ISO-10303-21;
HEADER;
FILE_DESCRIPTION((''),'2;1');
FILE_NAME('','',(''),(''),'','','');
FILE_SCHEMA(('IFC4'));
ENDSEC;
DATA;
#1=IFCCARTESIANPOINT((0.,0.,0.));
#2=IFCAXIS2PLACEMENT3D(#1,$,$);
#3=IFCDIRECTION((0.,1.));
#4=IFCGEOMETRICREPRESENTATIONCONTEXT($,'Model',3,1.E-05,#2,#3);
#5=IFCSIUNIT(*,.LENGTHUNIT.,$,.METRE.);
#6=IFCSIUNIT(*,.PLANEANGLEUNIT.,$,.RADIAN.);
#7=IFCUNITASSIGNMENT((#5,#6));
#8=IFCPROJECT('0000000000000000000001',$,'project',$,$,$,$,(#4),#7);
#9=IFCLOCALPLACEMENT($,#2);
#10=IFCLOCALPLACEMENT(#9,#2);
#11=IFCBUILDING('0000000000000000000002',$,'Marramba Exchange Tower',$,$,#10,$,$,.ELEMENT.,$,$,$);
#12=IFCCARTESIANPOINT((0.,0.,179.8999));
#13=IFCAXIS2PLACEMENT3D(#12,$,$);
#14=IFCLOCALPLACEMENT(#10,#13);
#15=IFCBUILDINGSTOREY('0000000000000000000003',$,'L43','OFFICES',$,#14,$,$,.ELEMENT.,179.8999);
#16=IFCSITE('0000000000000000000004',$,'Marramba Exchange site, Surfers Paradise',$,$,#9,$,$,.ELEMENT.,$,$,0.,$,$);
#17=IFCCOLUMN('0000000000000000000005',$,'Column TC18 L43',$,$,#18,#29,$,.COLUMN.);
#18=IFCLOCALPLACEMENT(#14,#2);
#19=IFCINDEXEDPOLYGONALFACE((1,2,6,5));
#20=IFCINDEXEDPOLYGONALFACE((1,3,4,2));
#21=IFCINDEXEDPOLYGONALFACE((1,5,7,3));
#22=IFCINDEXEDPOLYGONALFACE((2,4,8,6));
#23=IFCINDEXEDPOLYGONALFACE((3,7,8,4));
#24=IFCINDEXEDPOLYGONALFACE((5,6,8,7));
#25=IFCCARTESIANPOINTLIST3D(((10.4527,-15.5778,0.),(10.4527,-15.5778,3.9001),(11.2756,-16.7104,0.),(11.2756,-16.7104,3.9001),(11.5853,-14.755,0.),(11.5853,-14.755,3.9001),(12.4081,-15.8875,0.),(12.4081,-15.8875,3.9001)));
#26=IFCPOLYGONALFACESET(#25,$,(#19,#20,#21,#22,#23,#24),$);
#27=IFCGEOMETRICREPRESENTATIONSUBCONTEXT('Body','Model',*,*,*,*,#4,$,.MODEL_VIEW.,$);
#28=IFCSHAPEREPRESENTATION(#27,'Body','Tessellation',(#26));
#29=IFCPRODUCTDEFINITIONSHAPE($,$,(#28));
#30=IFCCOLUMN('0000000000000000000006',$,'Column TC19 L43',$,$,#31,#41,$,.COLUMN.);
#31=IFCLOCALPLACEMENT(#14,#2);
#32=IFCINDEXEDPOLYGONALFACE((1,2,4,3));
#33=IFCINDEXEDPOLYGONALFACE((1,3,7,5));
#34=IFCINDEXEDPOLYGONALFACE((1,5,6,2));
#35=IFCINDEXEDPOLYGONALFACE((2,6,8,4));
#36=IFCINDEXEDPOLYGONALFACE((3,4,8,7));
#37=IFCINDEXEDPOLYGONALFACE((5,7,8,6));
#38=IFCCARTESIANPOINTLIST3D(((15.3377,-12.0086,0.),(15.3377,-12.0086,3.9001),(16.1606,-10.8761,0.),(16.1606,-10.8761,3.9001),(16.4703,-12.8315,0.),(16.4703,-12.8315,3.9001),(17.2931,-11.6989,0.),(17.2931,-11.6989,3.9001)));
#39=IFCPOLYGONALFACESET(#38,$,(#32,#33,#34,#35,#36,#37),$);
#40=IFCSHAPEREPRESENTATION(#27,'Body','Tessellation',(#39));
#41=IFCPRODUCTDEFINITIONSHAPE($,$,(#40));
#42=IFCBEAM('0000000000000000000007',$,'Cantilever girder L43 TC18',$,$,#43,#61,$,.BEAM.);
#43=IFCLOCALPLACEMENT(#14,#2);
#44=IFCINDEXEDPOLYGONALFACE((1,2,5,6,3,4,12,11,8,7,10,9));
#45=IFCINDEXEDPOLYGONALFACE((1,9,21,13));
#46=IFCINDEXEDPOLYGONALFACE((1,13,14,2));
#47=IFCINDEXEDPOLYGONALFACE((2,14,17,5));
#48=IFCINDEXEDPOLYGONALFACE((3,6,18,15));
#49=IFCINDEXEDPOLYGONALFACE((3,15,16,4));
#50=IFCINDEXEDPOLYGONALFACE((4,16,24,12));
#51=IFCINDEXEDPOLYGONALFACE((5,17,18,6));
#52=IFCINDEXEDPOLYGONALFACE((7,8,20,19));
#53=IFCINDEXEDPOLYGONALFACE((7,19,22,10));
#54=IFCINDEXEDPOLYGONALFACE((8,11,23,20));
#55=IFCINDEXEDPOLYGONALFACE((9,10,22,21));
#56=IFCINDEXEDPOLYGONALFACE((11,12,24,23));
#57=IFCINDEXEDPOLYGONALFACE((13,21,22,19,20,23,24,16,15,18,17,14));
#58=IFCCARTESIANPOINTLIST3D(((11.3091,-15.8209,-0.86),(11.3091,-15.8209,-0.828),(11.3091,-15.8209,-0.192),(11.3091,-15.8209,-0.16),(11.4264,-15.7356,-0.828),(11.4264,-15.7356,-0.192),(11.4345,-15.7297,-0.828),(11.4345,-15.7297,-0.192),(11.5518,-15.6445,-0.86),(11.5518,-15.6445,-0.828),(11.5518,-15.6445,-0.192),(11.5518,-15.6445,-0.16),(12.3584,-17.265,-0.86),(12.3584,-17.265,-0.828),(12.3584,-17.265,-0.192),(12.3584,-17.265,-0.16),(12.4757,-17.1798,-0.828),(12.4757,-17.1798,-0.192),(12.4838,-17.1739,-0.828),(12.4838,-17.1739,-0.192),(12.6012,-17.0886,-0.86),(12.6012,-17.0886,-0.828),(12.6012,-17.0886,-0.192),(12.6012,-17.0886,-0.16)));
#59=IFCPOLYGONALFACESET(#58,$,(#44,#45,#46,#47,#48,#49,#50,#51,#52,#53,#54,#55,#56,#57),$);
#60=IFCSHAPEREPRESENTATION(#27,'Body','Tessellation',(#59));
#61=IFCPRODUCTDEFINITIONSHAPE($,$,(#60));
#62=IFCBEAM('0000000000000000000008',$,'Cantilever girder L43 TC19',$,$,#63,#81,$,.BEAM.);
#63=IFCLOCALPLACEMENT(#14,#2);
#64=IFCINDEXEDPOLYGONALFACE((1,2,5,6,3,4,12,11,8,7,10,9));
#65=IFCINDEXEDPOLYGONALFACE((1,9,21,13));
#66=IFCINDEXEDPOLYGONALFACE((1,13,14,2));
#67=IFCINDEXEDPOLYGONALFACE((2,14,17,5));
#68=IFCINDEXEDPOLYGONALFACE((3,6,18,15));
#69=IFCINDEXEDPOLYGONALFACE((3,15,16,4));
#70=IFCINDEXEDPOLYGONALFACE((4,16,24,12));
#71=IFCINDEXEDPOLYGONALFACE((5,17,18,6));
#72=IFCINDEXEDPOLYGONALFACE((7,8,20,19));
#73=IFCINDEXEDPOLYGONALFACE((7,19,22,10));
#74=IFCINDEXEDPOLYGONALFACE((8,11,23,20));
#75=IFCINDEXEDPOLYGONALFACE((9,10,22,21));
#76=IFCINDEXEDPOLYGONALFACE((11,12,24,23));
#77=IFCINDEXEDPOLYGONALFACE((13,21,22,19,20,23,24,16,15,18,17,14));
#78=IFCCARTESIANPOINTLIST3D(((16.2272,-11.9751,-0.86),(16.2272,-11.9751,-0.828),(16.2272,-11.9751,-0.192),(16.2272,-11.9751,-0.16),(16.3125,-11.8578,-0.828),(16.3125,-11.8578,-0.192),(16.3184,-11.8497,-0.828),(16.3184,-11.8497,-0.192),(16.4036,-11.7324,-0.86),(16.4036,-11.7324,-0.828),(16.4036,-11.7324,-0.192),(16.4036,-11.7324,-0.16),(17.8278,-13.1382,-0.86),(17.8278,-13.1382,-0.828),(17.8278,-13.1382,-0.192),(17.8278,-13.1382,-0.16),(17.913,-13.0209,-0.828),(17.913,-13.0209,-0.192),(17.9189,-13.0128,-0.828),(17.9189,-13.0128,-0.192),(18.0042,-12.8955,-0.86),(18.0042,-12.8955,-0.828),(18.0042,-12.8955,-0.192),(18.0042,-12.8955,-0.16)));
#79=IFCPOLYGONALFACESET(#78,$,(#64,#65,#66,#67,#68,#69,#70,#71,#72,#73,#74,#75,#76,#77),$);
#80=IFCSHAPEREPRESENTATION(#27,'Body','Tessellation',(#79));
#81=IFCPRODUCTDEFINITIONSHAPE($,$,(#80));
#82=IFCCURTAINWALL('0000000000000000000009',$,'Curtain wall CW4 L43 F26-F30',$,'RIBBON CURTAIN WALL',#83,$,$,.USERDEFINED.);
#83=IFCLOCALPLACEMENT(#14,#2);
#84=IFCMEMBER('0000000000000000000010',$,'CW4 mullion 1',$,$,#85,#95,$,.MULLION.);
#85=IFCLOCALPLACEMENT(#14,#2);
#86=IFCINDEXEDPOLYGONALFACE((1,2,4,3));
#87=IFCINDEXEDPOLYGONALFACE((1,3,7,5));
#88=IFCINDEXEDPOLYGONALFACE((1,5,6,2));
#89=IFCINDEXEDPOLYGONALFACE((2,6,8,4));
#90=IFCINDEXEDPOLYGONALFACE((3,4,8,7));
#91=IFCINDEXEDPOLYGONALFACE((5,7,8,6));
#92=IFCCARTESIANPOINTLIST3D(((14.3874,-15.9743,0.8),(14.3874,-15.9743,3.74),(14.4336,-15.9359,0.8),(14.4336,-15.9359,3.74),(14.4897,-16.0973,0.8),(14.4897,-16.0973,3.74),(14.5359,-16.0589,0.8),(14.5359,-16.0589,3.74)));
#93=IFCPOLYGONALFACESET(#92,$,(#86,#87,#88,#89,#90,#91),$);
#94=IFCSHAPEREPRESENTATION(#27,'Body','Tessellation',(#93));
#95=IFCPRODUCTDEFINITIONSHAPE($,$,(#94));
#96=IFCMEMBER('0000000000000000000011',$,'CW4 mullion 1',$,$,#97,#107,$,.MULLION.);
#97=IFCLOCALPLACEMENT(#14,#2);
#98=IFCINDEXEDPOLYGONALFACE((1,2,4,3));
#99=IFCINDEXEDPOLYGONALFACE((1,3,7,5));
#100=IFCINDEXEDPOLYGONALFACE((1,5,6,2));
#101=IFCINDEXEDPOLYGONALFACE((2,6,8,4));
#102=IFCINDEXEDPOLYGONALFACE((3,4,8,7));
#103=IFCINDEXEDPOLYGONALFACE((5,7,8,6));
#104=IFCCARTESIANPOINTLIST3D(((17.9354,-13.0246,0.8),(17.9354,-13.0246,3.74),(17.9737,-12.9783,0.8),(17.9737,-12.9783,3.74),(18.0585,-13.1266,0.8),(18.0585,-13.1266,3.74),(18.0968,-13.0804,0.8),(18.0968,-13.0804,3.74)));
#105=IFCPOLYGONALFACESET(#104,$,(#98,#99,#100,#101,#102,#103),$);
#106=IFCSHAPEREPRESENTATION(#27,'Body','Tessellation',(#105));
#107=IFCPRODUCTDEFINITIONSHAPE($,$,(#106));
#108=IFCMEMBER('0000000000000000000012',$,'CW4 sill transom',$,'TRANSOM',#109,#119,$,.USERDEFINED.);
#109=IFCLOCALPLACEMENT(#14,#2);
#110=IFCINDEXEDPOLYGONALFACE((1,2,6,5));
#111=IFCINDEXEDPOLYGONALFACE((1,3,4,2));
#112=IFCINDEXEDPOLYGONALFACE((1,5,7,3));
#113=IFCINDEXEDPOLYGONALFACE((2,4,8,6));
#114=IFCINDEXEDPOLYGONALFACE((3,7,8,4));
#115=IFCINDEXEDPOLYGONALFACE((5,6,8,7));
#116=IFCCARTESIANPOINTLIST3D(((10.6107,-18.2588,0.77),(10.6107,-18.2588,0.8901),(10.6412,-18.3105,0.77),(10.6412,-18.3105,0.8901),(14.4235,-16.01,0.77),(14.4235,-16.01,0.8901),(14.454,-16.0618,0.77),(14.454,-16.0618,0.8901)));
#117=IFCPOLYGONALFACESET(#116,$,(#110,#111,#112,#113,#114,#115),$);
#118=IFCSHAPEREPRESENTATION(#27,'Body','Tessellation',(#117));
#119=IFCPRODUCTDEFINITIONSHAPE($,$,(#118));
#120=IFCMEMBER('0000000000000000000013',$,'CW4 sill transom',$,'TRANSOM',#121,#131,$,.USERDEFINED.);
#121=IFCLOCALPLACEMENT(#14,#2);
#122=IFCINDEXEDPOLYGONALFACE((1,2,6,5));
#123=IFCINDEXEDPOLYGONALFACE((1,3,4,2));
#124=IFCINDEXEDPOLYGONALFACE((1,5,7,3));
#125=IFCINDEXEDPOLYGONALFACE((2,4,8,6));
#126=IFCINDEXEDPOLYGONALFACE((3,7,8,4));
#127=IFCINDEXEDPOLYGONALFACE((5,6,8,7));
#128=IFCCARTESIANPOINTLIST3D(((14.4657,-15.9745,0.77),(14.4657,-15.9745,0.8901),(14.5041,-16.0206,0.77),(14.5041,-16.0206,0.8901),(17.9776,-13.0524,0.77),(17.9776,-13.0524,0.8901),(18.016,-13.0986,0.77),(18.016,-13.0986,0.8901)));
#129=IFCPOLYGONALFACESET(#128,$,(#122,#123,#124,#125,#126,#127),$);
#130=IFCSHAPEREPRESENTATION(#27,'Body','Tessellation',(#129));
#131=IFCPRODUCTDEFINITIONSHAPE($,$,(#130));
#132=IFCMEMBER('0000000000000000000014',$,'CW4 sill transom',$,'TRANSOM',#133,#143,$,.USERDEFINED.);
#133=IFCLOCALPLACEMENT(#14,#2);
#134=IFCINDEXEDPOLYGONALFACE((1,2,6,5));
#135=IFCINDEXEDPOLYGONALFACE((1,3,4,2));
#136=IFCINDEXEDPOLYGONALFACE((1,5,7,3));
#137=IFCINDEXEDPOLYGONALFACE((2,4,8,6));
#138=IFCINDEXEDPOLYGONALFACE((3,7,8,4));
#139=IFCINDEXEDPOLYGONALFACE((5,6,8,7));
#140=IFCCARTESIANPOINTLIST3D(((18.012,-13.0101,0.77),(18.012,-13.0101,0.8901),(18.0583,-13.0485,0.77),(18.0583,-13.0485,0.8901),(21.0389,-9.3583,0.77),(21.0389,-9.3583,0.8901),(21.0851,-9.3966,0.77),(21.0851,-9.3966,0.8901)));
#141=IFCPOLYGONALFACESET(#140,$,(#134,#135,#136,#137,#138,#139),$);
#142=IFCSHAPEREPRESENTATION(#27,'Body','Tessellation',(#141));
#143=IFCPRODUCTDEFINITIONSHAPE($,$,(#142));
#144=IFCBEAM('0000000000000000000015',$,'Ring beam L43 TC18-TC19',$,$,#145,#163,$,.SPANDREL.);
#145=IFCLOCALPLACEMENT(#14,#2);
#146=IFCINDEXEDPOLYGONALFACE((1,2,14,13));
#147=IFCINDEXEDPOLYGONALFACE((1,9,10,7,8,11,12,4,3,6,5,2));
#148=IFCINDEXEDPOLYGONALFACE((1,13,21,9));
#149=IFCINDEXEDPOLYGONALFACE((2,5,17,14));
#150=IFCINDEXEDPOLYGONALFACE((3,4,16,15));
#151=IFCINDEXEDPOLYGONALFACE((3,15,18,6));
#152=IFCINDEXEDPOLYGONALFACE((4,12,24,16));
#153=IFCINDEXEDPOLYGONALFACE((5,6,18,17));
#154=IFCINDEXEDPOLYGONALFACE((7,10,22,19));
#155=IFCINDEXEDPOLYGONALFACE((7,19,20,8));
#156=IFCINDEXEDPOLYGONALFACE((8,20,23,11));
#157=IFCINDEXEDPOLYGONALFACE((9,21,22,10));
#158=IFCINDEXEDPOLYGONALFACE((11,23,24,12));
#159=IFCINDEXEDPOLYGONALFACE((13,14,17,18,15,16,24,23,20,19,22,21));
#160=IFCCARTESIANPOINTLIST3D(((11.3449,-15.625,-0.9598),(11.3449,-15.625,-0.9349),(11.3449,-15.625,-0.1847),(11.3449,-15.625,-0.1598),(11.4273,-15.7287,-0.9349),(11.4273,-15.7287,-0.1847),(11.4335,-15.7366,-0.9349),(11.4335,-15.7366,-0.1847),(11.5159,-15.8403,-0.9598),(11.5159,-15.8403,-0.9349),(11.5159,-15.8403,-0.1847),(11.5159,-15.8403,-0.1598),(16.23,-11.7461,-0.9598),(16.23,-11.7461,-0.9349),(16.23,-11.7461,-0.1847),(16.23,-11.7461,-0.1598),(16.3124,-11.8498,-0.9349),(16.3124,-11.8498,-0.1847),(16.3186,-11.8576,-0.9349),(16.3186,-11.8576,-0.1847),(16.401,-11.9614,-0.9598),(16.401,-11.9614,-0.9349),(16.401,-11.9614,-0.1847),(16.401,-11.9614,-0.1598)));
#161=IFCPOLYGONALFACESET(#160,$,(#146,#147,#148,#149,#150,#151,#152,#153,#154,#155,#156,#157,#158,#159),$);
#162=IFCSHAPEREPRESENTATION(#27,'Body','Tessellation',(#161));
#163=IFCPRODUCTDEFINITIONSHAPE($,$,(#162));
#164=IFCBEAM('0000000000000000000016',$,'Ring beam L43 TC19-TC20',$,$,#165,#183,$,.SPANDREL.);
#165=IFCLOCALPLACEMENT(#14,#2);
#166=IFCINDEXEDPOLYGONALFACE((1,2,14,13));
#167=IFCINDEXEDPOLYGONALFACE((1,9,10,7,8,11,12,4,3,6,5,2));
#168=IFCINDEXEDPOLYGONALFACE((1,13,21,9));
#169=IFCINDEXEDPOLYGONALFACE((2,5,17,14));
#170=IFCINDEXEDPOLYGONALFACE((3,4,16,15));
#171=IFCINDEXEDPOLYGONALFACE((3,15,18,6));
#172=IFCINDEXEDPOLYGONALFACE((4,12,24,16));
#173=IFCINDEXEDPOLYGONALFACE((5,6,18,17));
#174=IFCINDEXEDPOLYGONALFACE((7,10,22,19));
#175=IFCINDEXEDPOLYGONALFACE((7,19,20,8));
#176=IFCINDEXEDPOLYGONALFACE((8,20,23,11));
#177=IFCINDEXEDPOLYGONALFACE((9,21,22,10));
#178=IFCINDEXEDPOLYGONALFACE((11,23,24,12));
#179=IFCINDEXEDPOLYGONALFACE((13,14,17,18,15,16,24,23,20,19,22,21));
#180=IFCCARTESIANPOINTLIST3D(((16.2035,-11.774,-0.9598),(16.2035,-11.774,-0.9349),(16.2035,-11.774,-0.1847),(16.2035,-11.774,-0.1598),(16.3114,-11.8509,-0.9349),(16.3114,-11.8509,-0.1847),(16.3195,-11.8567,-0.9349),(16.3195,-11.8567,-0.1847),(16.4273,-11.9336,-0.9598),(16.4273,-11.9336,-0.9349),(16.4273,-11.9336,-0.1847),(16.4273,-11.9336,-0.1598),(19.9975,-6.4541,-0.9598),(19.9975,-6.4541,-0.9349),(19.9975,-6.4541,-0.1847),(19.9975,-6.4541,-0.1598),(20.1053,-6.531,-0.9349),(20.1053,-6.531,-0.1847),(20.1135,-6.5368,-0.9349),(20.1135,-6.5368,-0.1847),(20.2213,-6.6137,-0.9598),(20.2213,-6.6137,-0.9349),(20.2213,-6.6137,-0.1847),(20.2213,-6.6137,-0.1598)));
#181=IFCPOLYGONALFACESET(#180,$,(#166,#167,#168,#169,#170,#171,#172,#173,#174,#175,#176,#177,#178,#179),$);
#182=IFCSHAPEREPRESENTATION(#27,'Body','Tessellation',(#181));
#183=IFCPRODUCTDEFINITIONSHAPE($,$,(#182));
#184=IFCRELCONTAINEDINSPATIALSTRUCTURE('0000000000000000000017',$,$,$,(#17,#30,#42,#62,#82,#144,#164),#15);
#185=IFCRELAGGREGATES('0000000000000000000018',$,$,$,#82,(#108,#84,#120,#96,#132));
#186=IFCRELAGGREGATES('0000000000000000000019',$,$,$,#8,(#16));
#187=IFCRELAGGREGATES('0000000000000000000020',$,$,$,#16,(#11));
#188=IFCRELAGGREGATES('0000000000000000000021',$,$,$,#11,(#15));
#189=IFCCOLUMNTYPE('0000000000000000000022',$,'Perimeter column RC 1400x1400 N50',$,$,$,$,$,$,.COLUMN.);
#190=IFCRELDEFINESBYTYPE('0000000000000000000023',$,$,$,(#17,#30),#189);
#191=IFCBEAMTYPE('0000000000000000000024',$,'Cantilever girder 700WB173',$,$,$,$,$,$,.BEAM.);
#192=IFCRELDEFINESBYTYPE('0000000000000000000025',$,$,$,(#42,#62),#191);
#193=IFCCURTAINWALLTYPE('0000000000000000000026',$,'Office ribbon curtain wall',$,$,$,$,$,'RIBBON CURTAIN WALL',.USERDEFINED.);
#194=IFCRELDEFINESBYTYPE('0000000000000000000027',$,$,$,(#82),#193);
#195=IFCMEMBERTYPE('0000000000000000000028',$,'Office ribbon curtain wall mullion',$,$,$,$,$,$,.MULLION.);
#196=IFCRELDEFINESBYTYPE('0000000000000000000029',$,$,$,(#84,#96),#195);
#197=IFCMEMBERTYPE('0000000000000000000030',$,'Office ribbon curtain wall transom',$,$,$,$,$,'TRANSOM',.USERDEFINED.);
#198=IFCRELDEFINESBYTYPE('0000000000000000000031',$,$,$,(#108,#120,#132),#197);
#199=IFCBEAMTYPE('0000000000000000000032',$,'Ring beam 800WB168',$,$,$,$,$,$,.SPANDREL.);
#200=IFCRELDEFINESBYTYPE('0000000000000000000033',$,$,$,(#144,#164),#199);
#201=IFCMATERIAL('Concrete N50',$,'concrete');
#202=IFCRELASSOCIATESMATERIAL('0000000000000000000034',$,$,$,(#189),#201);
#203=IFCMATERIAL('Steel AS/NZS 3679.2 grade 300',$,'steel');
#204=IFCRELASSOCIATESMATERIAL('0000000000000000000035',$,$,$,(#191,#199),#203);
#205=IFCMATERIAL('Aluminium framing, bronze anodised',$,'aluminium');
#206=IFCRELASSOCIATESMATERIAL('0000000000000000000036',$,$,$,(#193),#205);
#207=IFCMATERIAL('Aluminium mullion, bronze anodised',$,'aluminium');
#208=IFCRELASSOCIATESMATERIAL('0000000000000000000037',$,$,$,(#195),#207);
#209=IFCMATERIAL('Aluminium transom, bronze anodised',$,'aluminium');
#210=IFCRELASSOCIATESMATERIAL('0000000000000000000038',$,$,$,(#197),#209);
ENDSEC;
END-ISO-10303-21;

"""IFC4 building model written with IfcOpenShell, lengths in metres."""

from ifc_helpers import new_model, si_unit, direction, frame, origin, origin_2d, place, context, subcontext, project, spatial, rectangle, i_section, extrude, material, material_profile, profile_set, type_object, element, aggregate, save


model = new_model("IFC4")

# Units and contexts
model_context = context("Model", 3, precision=1e-05, world=origin(), true_north=direction((0.0, 1.0)))
body_context = subcontext(model_context, "Body", "Model", "MODEL_VIEW")
ifc_project = project(units=[si_unit("LENGTHUNIT", "METRE"), si_unit("PLANEANGLEUNIT", "RADIAN")], contexts=[model_context])

# Site, building, storey
site_placement = place(None, origin())
site = spatial("IfcSite", under=ifc_project, at=site_placement, Name="Marramba Exchange site, Surfers Paradise", CompositionType="ELEMENT", RefElevation=0.0)
building_placement = place(site_placement, origin())
building = spatial("IfcBuilding", under=site, at=building_placement, Name="Marramba Exchange Tower", CompositionType="ELEMENT")
storey_placement = place(building_placement, frame((0.0, 0.0, 179.8999)))
storey = spatial("IfcBuildingStorey", under=building, at=storey_placement, Name="L43", Description="OFFICES", CompositionType="ELEMENT", Elevation=179.8999)

# Columns
ifc_material_1 = material(Name="Concrete N50", Category="concrete")
ifc_material_profile_1 = material_profile(ifc_material_1, rectangle(XDim=1.3999, YDim=1.3999, at=origin_2d()), Name="RC 1400x1400")
ifc_profile_set_1 = profile_set([ifc_material_profile_1], Name="Concrete N50")
column_type = type_object("IfcColumnType", Name="Perimeter column RC 1400x1400 N50", PredefinedType="COLUMN", material=ifc_profile_set_1)
for number, where, z_axis, x_axis, name in (
    (1, (11.4304, -15.7327, 0.0), (0.0, 0.0, 1.0), (0.587785, -0.809017, 0.0), "Column TC18 L43"),
    (2, (16.3154, -11.8538, 0.0), (0.0, 0.0, 1.0), (0.809017, -0.587785, 0.0), "Column TC19 L43"),
):
    element("IfcColumn", number, at=place(storey_placement, frame(where, z_axis=z_axis, x_axis=x_axis)), inside=storey, type_object=column_type, Name=name, PredefinedType="COLUMN", context=body_context, shape_type="SweptSolid", body=[
        extrude(rectangle(XDim=1.3999, YDim=1.3999, at=origin_2d()), origin(), (0.0, 0.0, 1.0), 3.9001),
    ])

# Beams
ifc_material_2 = material(Name="Steel AS/NZS 3679.2 grade 300", Category="steel")
ifc_material_profile_2 = material_profile(ifc_material_2, i_section(OverallWidth=0.3, OverallDepth=0.7, WebThickness=0.01, FlangeThickness=0.032, at=origin_2d()), Name="700WB173")
ifc_profile_set_2 = profile_set([ifc_material_profile_2], Name="Steel AS/NZS 3679.2 grade 300")
beam_type_1 = type_object("IfcBeamType", Name="Cantilever girder 700WB173", PredefinedType="BEAM", material=ifc_profile_set_2)
beam_1_placement = place(storey_placement, frame((11.4304, -15.7327, -0.51), z_axis=(0.58783, -0.808984, 0.0), x_axis=(0.808984, 0.58783, 0.0)))
element("IfcBeam", 3, at=beam_1_placement, inside=storey, type_object=beam_type_1, Name="Cantilever girder L43 TC18", PredefinedType="BEAM", context=body_context, shape_type="SweptSolid", body=[
    extrude(i_section(OverallWidth=0.3, OverallDepth=0.7, WebThickness=0.01, FlangeThickness=0.032, at=origin_2d()), origin(), (0.0, 0.0, 1.0), 1.7852),
])
beam_2_placement = place(storey_placement, frame((16.3154, -11.8538, -0.51), z_axis=(0.808971, -0.587849, 0.0), x_axis=(0.587849, 0.808971, 0.0)))
element("IfcBeam", 4, at=beam_2_placement, inside=storey, type_object=beam_type_1, Name="Cantilever girder L43 TC19", PredefinedType="BEAM", context=body_context, shape_type="SweptSolid", body=[
    extrude(i_section(OverallWidth=0.3, OverallDepth=0.7, WebThickness=0.01, FlangeThickness=0.032, at=origin_2d()), origin(), (0.0, 0.0, 1.0), 1.9785),
])

# Curtain wall, members
ifc_material_3 = material(Name="Aluminium framing, bronze anodised", Category="aluminium")
curtain_wall_type = type_object("IfcCurtainWallType", Name="Office ribbon curtain wall", ElementType="RIBBON CURTAIN WALL", PredefinedType="USERDEFINED", material=ifc_material_3)
curtain_wall_placement = place(storey_placement, origin())
curtain_wall = element("IfcCurtainWall", 5, at=curtain_wall_placement, inside=storey, type_object=curtain_wall_type, Name="Curtain wall CW4 L43 F26-F30", ObjectType="RIBBON CURTAIN WALL", PredefinedType="USERDEFINED")
ifc_material_4 = material(Name="Aluminium mullion, bronze anodised", Category="aluminium")
ifc_material_profile_3 = material_profile(ifc_material_4, rectangle(XDim=0.1599, YDim=0.0601, at=origin_2d()), Name="CW4 mullion 60x160")
ifc_profile_set_3 = profile_set([ifc_material_profile_3], Name="Aluminium mullion, bronze anodised")
member_type_1 = type_object("IfcMemberType", Name="Office ribbon curtain wall mullion", PredefinedType="MULLION", material=ifc_profile_set_3)
member_1_placement = place(storey_placement, frame((14.4617, -16.0166, 0.8), z_axis=(0.0, 0.0, 1.0), x_axis=(-0.639565, 0.768737, 0.0)))
member_1 = element("IfcMember", 6, at=member_1_placement, type_object=member_type_1, Name="CW4 mullion 1", PredefinedType="MULLION", context=body_context, shape_type="SweptSolid", body=[
    extrude(rectangle(XDim=0.1599, YDim=0.0601, at=origin_2d()), origin(), (0.0, 0.0, 1.0), 2.9399),
])
member_2_placement = place(storey_placement, frame((18.0161, -13.0525, 0.8), z_axis=(0.0, 0.0, 1.0), x_axis=(-0.769912, 0.63815, 0.0)))
member_2 = element("IfcMember", 7, at=member_2_placement, type_object=member_type_1, Name="CW4 mullion 1", PredefinedType="MULLION", context=body_context, shape_type="SweptSolid", body=[
    extrude(rectangle(XDim=0.1599, YDim=0.0601, at=origin_2d()), origin(), (0.0, 0.0, 1.0), 2.9399),
])
ifc_material_5 = material(Name="Aluminium transom, bronze anodised", Category="aluminium")
ifc_material_profile_4 = material_profile(ifc_material_5, rectangle(XDim=0.0601, YDim=0.1201, at=origin_2d()), Name="CW4 transom 60x120")
ifc_profile_set_4 = profile_set([ifc_material_profile_4], Name="Aluminium transom, bronze anodised")
member_type_2 = type_object("IfcMemberType", Name="Office ribbon curtain wall transom", ElementType="TRANSOM", PredefinedType="USERDEFINED", material=ifc_profile_set_4)
member_3_placement = place(storey_placement, frame((10.626, -18.2847, 0.8301), z_axis=(0.861342, 0.508025, 0.0), x_axis=(-0.508025, 0.861342, 0.0)))
member_3 = element("IfcMember", 8, at=member_3_placement, type_object=member_type_2, Name="CW4 sill transom", ObjectType="TRANSOM", PredefinedType="USERDEFINED", context=body_context, shape_type="SweptSolid", body=[
    extrude(rectangle(XDim=0.0601, YDim=0.1201, at=origin_2d()), origin(), (0.0, 0.0, 1.0), 4.4265),
])
member_4_placement = place(storey_placement, frame((14.4849, -15.9976, 0.8301), z_axis=(0.768707, 0.639601, 0.0), x_axis=(-0.639601, 0.768707, 0.0)))
member_4 = element("IfcMember", 9, at=member_4_placement, type_object=member_type_2, Name="CW4 sill transom", ObjectType="TRANSOM", PredefinedType="USERDEFINED", context=body_context, shape_type="SweptSolid", body=[
    extrude(rectangle(XDim=0.0601, YDim=0.1201, at=origin_2d()), origin(), (0.0, 0.0, 1.0), 4.5686),
])
member_5_placement = place(storey_placement, frame((18.0352, -13.0293, 0.8301), z_axis=(0.638147, 0.769915, 0.0), x_axis=(-0.769915, 0.638147, 0.0)))
member_5 = element("IfcMember", 10, at=member_5_placement, type_object=member_type_2, Name="CW4 sill transom", ObjectType="TRANSOM", PredefinedType="USERDEFINED", context=body_context, shape_type="SweptSolid", body=[
    extrude(rectangle(XDim=0.0601, YDim=0.1201, at=origin_2d()), origin(), (0.0, 0.0, 1.0), 4.7432),
])

# Beams
ifc_material_profile_5 = material_profile(ifc_material_2, i_section(OverallWidth=0.2749, OverallDepth=0.8, WebThickness=0.01, FlangeThickness=0.0249, at=origin_2d()), Name="800WB168")
ifc_profile_set_5 = profile_set([ifc_material_profile_5], Name="Steel AS/NZS 3679.2 grade 300")
beam_type_2 = type_object("IfcBeamType", Name="Ring beam 800WB168", PredefinedType="SPANDREL", material=ifc_profile_set_5)
beam_3_placement = place(storey_placement, frame((11.4304, -15.7327, -0.5598), z_axis=(0.783139, 0.621846, 0.0), x_axis=(-0.621846, 0.783139, 0.0)))
element("IfcBeam", 11, at=beam_3_placement, inside=storey, type_object=beam_type_2, Name="Ring beam L43 TC18-TC19", PredefinedType="SPANDREL", context=body_context, shape_type="SweptSolid", body=[
    extrude(i_section(OverallWidth=0.2749, OverallDepth=0.8, WebThickness=0.01, FlangeThickness=0.0249, at=origin_2d()), origin(), (0.0, 0.0, 1.0), 6.2378),
])
beam_4_placement = place(storey_placement, frame((16.3154, -11.8538, -0.5598), z_axis=(0.580637, 0.814162, 0.0), x_axis=(-0.814162, 0.580637, 0.0)))
element("IfcBeam", 12, at=beam_4_placement, inside=storey, type_object=beam_type_2, Name="Ring beam L43 TC19-TC20", PredefinedType="SPANDREL", context=body_context, shape_type="SweptSolid", body=[
    extrude(i_section(OverallWidth=0.2749, OverallDepth=0.8, WebThickness=0.01, FlangeThickness=0.0249, at=origin_2d()), origin(), (0.0, 0.0, 1.0), 6.5342),
])

aggregate(curtain_wall, [member_3, member_1, member_4, member_2, member_5])

save(model, "model.ifc")
